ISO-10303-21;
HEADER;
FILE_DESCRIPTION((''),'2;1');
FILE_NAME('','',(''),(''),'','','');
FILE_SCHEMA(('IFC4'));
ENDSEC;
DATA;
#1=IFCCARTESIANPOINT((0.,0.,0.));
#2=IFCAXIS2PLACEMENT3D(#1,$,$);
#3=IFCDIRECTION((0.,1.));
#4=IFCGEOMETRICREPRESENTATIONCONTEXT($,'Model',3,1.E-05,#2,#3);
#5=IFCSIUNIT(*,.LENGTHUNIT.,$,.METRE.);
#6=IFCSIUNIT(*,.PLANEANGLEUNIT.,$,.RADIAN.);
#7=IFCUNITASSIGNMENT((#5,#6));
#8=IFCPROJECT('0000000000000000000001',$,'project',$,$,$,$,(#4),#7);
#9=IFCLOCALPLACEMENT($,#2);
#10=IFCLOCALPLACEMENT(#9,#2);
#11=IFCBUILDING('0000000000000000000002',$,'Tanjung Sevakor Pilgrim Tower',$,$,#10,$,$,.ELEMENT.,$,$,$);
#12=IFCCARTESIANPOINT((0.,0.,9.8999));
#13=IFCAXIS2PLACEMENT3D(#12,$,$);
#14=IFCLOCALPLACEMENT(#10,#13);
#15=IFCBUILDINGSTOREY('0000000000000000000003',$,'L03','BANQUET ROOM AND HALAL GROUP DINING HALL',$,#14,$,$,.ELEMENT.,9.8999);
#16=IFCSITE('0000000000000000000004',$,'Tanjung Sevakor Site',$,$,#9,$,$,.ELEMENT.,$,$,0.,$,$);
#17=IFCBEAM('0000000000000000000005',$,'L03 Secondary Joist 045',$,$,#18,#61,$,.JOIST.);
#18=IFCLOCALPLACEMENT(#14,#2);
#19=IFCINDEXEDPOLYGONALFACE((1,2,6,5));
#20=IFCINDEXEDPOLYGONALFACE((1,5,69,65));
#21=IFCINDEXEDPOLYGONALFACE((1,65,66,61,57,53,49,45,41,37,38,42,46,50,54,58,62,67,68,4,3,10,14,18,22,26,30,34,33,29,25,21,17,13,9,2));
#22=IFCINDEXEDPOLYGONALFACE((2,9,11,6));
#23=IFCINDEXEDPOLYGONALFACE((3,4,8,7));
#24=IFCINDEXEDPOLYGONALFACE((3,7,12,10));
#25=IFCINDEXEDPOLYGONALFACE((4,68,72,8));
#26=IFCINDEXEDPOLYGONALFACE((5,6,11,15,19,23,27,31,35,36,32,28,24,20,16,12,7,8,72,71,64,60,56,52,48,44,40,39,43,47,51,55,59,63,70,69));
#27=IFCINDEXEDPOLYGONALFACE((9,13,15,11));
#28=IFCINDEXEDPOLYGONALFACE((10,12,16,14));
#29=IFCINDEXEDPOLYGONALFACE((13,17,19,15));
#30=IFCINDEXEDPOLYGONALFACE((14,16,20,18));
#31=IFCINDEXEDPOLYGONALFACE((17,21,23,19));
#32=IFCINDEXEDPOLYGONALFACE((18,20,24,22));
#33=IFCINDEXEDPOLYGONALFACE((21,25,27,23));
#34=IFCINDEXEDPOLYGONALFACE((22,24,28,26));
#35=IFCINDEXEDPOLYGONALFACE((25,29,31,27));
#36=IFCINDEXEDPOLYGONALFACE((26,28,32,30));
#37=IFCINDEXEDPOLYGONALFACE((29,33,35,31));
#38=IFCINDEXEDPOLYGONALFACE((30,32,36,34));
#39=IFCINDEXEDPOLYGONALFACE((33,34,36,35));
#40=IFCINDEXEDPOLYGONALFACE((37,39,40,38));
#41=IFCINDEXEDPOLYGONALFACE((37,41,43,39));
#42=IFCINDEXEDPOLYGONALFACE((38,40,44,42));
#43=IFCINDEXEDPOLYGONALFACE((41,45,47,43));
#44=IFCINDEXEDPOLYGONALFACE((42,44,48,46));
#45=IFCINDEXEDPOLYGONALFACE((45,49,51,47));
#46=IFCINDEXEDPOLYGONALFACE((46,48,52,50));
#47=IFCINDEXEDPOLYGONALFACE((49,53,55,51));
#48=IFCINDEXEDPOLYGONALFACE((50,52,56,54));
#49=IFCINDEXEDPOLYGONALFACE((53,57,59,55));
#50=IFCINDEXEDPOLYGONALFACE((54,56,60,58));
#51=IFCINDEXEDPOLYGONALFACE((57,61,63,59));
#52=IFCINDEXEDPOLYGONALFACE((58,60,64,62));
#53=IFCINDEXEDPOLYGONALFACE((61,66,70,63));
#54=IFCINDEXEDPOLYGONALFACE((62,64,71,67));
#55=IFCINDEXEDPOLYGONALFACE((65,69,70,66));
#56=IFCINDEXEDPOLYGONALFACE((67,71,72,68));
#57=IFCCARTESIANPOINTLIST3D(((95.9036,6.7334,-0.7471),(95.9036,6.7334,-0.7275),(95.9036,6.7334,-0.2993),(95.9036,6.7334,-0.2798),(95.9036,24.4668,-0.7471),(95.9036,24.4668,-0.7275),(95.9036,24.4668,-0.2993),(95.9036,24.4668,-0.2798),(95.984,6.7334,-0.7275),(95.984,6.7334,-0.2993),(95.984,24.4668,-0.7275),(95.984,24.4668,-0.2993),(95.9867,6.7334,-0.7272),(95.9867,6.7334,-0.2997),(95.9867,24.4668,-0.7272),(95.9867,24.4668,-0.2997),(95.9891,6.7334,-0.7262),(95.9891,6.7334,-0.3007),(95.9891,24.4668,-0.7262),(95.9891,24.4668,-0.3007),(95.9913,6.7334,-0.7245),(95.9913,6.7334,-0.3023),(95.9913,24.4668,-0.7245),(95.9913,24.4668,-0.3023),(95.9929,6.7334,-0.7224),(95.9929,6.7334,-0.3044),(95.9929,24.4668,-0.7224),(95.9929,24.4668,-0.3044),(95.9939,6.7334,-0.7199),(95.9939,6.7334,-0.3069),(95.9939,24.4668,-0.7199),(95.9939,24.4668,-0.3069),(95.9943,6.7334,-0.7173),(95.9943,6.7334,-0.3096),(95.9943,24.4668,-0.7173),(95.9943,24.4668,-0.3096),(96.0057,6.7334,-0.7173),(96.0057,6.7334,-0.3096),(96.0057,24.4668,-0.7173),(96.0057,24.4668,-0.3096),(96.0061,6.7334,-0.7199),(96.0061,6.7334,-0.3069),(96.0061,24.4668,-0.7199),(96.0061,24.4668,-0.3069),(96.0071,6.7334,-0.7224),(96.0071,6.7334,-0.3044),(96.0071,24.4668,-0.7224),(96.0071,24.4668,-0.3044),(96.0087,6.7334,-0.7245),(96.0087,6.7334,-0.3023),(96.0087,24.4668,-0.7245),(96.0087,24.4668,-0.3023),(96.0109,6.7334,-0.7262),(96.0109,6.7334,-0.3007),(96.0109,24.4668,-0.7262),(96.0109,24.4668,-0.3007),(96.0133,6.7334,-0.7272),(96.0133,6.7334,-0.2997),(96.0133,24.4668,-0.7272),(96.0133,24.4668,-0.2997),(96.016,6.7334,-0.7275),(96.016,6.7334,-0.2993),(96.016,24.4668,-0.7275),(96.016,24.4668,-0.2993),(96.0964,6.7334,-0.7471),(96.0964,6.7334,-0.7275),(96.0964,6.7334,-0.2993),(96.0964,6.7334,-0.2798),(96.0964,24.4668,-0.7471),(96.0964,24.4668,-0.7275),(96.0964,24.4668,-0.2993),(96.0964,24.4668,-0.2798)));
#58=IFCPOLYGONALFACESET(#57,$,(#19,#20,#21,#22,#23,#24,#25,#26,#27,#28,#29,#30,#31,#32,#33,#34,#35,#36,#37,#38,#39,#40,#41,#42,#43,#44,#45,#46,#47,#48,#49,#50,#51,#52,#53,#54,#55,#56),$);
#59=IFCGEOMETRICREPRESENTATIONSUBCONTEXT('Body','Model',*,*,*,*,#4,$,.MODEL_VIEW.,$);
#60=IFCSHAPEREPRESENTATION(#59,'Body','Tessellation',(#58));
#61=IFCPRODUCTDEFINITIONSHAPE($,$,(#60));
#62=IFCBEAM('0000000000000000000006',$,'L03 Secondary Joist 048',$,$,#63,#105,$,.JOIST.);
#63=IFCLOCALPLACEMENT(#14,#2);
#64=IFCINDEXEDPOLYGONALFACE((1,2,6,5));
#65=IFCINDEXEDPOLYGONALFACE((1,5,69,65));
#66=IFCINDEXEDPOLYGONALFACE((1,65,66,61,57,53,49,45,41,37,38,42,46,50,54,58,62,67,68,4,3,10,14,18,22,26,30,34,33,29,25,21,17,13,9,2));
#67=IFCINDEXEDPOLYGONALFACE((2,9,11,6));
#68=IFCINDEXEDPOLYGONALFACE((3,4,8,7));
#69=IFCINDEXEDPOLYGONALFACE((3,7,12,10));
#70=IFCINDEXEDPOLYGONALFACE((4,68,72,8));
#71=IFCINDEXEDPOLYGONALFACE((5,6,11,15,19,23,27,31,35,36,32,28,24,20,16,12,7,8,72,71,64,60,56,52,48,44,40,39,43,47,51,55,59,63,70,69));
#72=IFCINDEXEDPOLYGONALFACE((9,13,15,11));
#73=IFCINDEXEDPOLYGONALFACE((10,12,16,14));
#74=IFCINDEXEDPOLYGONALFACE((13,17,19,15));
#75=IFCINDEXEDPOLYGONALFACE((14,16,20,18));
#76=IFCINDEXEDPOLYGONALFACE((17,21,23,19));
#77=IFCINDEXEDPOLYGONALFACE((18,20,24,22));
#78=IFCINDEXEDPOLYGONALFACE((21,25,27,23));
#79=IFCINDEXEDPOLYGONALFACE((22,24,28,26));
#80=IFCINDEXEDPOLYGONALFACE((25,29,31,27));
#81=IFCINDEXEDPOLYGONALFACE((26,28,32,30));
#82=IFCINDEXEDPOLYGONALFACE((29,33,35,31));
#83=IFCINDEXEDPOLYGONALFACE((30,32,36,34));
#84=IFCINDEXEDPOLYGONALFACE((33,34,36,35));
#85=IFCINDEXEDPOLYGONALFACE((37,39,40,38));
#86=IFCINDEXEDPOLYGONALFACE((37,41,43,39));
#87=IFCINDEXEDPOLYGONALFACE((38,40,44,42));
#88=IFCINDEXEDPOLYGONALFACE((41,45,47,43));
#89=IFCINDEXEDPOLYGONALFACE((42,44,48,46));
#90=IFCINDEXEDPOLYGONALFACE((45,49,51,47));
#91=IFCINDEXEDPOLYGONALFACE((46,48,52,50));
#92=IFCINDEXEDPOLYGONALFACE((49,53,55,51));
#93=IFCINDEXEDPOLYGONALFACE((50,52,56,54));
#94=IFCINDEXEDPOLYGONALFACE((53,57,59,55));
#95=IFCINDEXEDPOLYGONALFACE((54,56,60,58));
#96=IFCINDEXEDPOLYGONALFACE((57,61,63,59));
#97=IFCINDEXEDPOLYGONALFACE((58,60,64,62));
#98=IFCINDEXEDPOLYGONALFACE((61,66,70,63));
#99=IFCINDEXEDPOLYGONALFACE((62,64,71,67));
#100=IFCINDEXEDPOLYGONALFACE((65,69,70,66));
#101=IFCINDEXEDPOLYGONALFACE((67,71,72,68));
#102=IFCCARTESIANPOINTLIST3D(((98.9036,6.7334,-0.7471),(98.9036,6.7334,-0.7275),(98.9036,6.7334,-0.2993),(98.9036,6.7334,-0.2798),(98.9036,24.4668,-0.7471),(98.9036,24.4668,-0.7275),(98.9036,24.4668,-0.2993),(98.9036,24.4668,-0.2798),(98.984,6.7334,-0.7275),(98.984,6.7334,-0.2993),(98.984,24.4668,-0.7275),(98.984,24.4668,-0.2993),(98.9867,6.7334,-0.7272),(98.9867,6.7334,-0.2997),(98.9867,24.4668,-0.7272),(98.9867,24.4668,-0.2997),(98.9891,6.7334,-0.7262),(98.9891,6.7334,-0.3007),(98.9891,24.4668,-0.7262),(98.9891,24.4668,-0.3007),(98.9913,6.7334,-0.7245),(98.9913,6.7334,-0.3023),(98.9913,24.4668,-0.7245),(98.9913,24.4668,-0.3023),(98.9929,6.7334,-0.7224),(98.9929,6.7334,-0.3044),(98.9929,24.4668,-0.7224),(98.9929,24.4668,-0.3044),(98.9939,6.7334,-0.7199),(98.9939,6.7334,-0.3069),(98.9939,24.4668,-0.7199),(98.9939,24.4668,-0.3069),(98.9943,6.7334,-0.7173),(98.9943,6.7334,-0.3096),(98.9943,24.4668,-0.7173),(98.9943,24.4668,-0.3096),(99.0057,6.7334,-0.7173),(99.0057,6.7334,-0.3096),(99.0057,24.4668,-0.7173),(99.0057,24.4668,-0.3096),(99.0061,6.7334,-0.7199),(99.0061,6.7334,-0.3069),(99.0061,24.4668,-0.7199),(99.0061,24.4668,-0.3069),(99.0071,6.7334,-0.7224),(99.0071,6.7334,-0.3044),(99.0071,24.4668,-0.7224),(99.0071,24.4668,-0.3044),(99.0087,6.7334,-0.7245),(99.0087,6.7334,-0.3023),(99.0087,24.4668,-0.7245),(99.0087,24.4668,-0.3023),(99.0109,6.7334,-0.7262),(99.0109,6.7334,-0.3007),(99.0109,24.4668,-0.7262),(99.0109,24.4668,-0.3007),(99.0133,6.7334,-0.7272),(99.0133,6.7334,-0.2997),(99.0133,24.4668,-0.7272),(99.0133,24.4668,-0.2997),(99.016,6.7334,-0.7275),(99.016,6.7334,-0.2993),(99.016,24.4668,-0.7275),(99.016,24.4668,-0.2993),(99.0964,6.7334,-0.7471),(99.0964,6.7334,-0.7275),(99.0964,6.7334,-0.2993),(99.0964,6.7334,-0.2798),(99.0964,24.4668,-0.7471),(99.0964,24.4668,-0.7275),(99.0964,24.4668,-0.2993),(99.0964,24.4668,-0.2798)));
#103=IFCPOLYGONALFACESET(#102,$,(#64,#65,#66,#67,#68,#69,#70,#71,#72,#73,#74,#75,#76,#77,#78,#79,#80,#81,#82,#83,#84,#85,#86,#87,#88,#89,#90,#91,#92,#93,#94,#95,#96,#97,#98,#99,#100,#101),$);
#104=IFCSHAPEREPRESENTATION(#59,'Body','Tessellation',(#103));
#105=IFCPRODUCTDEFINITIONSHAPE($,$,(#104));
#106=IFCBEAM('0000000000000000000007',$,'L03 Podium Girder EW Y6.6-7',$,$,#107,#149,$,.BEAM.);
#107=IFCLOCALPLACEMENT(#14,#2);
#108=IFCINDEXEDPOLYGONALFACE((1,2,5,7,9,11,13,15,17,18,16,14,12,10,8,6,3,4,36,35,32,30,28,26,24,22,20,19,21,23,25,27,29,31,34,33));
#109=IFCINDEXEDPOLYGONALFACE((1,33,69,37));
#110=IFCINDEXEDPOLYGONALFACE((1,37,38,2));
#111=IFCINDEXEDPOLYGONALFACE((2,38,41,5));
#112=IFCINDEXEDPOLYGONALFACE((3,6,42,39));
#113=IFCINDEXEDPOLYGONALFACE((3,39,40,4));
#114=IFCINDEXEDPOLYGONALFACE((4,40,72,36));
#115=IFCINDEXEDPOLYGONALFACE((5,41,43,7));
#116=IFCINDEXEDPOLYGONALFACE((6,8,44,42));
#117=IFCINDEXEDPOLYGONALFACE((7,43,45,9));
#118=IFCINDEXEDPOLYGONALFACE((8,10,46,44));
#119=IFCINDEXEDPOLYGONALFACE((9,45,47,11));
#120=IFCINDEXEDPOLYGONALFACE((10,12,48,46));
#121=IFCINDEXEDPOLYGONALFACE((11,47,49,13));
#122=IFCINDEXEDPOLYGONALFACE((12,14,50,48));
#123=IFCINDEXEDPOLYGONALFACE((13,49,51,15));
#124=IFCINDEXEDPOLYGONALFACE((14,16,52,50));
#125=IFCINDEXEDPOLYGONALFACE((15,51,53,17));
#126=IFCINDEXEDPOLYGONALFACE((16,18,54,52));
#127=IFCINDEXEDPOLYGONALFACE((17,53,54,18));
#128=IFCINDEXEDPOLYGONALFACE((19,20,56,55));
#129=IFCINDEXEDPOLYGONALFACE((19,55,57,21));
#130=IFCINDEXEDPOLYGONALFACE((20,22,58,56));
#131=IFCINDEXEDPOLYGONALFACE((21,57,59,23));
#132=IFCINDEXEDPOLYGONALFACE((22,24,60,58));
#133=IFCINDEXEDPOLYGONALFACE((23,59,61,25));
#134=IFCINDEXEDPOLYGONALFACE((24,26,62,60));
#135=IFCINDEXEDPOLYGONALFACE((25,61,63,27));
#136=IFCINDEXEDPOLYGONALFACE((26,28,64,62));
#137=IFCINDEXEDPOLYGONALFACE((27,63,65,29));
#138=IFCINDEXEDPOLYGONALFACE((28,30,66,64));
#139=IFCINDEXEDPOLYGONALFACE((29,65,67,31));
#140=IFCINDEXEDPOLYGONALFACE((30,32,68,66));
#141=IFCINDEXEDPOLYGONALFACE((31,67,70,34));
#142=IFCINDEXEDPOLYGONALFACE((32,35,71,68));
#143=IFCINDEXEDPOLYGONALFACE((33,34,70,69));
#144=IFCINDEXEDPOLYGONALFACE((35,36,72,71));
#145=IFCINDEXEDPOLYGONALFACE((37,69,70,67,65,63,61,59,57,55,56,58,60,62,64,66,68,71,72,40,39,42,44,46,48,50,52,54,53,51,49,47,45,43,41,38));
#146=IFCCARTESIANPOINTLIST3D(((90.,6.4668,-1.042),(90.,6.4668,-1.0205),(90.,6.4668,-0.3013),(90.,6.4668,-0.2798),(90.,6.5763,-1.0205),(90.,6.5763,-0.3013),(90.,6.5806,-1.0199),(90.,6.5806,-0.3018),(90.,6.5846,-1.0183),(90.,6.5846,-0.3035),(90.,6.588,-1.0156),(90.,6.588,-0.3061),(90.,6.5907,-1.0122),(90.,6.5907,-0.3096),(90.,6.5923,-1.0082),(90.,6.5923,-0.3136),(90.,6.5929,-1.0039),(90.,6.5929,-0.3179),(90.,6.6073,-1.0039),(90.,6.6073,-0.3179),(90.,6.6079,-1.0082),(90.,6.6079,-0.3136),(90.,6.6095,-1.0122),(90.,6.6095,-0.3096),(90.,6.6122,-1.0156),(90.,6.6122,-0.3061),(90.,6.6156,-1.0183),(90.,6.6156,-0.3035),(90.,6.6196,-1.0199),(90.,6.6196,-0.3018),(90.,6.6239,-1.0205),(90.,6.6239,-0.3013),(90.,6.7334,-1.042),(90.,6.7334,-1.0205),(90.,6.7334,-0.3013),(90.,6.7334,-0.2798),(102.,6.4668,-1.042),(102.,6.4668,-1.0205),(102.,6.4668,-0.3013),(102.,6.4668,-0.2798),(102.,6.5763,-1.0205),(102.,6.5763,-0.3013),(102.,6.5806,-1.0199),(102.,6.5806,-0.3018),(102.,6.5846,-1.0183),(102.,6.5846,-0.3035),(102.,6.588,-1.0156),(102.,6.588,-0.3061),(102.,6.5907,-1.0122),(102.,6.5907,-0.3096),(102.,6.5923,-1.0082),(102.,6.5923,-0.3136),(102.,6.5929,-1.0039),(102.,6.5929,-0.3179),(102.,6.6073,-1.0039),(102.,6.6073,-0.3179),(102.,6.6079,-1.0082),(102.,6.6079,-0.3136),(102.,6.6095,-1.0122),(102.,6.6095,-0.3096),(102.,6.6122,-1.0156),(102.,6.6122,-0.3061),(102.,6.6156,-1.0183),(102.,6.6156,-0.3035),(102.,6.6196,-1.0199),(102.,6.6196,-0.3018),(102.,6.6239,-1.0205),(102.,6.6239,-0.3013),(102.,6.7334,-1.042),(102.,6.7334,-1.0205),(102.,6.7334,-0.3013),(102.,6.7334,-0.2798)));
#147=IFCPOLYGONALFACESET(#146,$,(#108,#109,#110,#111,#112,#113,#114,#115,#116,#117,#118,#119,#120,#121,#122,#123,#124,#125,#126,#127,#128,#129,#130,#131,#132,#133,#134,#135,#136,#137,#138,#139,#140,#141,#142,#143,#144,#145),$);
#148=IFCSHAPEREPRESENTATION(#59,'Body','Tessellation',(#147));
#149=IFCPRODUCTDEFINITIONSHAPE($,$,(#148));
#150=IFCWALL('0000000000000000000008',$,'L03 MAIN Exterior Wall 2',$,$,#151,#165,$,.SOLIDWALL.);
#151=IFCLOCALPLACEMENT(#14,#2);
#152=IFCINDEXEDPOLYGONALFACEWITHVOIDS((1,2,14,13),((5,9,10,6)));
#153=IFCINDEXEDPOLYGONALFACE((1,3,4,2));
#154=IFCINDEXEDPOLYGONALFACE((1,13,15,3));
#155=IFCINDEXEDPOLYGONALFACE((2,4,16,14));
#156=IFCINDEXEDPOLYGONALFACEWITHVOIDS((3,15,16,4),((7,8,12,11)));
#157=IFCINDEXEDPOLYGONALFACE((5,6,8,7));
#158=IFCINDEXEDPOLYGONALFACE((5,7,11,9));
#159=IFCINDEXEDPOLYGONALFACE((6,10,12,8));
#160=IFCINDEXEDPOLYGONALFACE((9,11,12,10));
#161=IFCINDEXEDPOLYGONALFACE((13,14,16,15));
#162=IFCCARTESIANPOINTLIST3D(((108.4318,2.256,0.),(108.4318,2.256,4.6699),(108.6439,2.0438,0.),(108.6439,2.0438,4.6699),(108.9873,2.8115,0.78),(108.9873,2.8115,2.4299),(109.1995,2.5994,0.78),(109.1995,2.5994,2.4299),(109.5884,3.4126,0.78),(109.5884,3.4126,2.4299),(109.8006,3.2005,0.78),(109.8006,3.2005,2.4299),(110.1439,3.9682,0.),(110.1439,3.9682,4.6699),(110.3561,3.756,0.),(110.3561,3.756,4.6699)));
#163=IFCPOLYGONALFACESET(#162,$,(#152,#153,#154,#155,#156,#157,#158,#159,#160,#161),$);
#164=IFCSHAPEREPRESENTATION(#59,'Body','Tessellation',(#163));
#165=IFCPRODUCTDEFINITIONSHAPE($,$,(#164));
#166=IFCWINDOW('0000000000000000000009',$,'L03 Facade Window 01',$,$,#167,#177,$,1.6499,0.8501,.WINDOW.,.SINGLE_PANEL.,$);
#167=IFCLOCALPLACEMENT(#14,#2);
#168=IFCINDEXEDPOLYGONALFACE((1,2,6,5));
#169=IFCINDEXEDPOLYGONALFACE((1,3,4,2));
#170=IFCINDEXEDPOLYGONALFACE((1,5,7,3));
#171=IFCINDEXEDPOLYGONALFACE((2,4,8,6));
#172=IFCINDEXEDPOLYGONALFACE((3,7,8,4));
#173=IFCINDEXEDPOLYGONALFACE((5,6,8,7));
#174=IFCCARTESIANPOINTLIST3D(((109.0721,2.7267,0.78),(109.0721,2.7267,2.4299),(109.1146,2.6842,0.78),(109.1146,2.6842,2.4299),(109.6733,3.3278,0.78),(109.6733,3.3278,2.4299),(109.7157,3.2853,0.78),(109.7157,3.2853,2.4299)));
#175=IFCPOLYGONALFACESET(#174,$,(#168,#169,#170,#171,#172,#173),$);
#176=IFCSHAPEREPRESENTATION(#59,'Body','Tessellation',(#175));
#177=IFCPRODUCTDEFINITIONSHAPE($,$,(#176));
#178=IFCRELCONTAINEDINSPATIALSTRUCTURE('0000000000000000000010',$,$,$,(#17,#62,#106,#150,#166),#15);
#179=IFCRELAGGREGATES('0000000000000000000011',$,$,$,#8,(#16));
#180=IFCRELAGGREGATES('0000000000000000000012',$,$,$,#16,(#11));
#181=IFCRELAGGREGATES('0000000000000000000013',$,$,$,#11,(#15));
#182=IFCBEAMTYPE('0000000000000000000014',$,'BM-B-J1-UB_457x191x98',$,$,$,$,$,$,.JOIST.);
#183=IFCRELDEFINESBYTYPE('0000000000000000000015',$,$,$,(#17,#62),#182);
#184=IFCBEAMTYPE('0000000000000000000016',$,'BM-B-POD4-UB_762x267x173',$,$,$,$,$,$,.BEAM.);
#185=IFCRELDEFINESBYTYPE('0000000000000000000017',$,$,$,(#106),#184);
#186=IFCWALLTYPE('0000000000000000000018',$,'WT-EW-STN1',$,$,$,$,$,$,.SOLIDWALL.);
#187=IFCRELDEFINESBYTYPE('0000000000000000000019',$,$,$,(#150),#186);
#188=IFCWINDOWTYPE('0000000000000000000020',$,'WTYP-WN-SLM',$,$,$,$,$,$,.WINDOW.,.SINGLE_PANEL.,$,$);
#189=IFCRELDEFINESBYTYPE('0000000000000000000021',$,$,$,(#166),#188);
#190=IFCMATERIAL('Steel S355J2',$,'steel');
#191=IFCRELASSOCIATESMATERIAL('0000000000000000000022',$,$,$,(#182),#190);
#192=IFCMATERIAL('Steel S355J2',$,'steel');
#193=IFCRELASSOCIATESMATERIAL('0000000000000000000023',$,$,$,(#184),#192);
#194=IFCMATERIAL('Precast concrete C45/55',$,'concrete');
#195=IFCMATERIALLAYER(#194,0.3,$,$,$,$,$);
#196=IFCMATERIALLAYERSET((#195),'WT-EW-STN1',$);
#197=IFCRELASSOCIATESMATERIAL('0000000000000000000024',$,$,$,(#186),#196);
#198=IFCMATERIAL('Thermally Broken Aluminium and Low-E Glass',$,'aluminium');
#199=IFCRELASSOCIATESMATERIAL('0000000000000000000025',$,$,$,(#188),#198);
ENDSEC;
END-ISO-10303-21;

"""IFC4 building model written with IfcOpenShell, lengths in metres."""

from ifc_helpers import new_model, si_unit, direction, frame, frame_2d, origin, origin_2d, place, context, subcontext, project, spatial, rectangle, i_section, extrude, material, layer, layer_set, material_profile, profile_set, type_object, element, fill, save


model = new_model("IFC4")

# Units and contexts
model_context = context("Model", 3, precision=1e-05, world=origin(), true_north=direction((0.0, 1.0)))
body_context = subcontext(model_context, "Body", "Model", "MODEL_VIEW")
ifc_project = project(units=[si_unit("LENGTHUNIT", "METRE"), si_unit("PLANEANGLEUNIT", "RADIAN")], contexts=[model_context])

# Site, building, storey
site_placement = place(None, origin())
site = spatial("IfcSite", under=ifc_project, at=site_placement, Name="Tanjung Sevakor Site", CompositionType="ELEMENT", RefElevation=0.0)
building_placement = place(site_placement, origin())
building = spatial("IfcBuilding", under=site, at=building_placement, Name="Tanjung Sevakor Pilgrim Tower", CompositionType="ELEMENT")
storey_placement = place(building_placement, frame((0.0, 0.0, 9.8999)))
storey = spatial("IfcBuildingStorey", under=building, at=storey_placement, Name="L03", Description="BANQUET ROOM AND HALAL GROUP DINING HALL", CompositionType="ELEMENT", Elevation=9.8999)

# Beams
ifc_material_1 = material(Name="Steel S355J2", Category="steel")
ifc_material_profile_1 = material_profile(ifc_material_1, i_section(OverallWidth=0.1929, OverallDepth=0.4673, WebThickness=0.0115, FlangeThickness=0.0195, FilletRadius=0.0103, at=origin_2d()))
ifc_profile_set_1 = profile_set([ifc_material_profile_1], Name="Steel S355J2")
beam_type_1 = type_object("IfcBeamType", Name="BM-B-J1-UB_457x191x98", PredefinedType="JOIST", material=ifc_profile_set_1)
for number, where, z_axis, x_axis, name in (
    (1, (96.0, 6.7334, -0.5134), (0.0, 1.0, 0.0), (-1.0, 0.0, 0.0), "L03 Secondary Joist 045"),
    (2, (99.0, 6.7334, -0.5134), (0.0, 1.0, 0.0), (-1.0, 0.0, 0.0), "L03 Secondary Joist 048"),
):
    element("IfcBeam", number, at=place(storey_placement, frame(where, z_axis=z_axis, x_axis=x_axis)), inside=storey, type_object=beam_type_1, Name=name, PredefinedType="JOIST", context=body_context, shape_type="SweptSolid", body=[
        extrude(i_section(OverallWidth=0.1929, OverallDepth=0.4673, WebThickness=0.0115, FlangeThickness=0.0195, FilletRadius=0.0103, at=origin_2d()), origin(), (0.0, 0.0, 1.0), 17.7334),
    ])
ifc_material_2 = material(Name="Steel S355J2", Category="steel")
ifc_material_profile_2 = material_profile(ifc_material_2, i_section(OverallWidth=0.2666, OverallDepth=0.7622, WebThickness=0.0144, FlangeThickness=0.0215, FilletRadius=0.0166, at=origin_2d()))
ifc_profile_set_2 = profile_set([ifc_material_profile_2], Name="Steel S355J2")
beam_type_2 = type_object("IfcBeamType", Name="BM-B-POD4-UB_762x267x173", PredefinedType="BEAM", material=ifc_profile_set_2)
beam_placement = place(storey_placement, frame((90.0, 6.6001, -0.6609), z_axis=(1.0, 0.0, 0.0), x_axis=(0.0, 1.0, 0.0)))
element("IfcBeam", 3, at=beam_placement, inside=storey, type_object=beam_type_2, Name="L03 Podium Girder EW Y6.6-7", PredefinedType="BEAM", context=body_context, shape_type="SweptSolid", body=[
    extrude(i_section(OverallWidth=0.2666, OverallDepth=0.7622, WebThickness=0.0144, FlangeThickness=0.0215, FilletRadius=0.0166, at=origin_2d()), origin(), (0.0, 0.0, 1.0), 12.0),
])

# Wall, opening, window
ifc_material_3 = material(Name="Precast concrete C45/55", Category="concrete")
ifc_layer_1 = layer(ifc_material_3, 0.3)
ifc_layer_set_1 = layer_set([ifc_layer_1], Name="WT-EW-STN1")
wall_type = type_object("IfcWallType", Name="WT-EW-STN1", PredefinedType="SOLIDWALL", material=ifc_layer_set_1)
wall_1_placement = place(storey_placement, frame((108.5378, 2.1499, 0.0), z_axis=(0.0, 0.0, 1.0), x_axis=(0.707107, 0.707107, 0.0)))
wall_1 = element("IfcWall", 4, at=wall_1_placement, inside=storey, type_object=wall_type, Name="L03 MAIN Exterior Wall 2", PredefinedType="SOLIDWALL", context=body_context, shape_type="SweptSolid", body=[
    extrude(rectangle(XDim=2.4214, YDim=0.3, at=frame_2d((1.2107, 0.0))), origin(), (0.0, 0.0, 1.0), 4.6699),
])
opening_1_placement = place(wall_1_placement, frame((0.7856, 0.0, 0.78)))
opening_1 = element("IfcOpeningElement", 5, at=opening_1_placement, cuts=wall_1, PredefinedType="OPENING", context=body_context, shape_type="SweptSolid", body=[
    extrude(rectangle(XDim=0.8501, YDim=1.6499, at=frame_2d((0.425, 0.825))), frame((0.0, 0.1599, 0.0), z_axis=(0.0, -1.0, 0.0), x_axis=(1.0, 0.0, 0.0)), (0.0, 0.0, 1.0), 0.3201),
])
ifc_material_4 = material(Name="Thermally Broken Aluminium and Low-E Glass", Category="aluminium")
window_type_1 = type_object("IfcWindowType", Name="WTYP-WN-SLM", PartitioningType="SINGLE_PANEL", PredefinedType="WINDOW", material=ifc_material_4)
window_1_placement = place(opening_1_placement, origin())
window_1 = element("IfcWindow", 6, at=window_1_placement, inside=storey, type_object=window_type_1, Name="L03 Facade Window 01", OverallHeight=1.6499, OverallWidth=0.8501, PartitioningType="SINGLE_PANEL", PredefinedType="WINDOW", context=body_context, shape_type="SweptSolid", body=[
    extrude(rectangle(XDim=0.8501, YDim=1.6499, at=frame_2d((0.425, 0.825))), frame((0.0, 0.03, 0.0), z_axis=(0.0, -1.0, 0.0), x_axis=(1.0, 0.0, 0.0)), (0.0, 0.0, 1.0), 0.0601),
])
fill(opening_1, window_1)

save(model, "model.ifc")
